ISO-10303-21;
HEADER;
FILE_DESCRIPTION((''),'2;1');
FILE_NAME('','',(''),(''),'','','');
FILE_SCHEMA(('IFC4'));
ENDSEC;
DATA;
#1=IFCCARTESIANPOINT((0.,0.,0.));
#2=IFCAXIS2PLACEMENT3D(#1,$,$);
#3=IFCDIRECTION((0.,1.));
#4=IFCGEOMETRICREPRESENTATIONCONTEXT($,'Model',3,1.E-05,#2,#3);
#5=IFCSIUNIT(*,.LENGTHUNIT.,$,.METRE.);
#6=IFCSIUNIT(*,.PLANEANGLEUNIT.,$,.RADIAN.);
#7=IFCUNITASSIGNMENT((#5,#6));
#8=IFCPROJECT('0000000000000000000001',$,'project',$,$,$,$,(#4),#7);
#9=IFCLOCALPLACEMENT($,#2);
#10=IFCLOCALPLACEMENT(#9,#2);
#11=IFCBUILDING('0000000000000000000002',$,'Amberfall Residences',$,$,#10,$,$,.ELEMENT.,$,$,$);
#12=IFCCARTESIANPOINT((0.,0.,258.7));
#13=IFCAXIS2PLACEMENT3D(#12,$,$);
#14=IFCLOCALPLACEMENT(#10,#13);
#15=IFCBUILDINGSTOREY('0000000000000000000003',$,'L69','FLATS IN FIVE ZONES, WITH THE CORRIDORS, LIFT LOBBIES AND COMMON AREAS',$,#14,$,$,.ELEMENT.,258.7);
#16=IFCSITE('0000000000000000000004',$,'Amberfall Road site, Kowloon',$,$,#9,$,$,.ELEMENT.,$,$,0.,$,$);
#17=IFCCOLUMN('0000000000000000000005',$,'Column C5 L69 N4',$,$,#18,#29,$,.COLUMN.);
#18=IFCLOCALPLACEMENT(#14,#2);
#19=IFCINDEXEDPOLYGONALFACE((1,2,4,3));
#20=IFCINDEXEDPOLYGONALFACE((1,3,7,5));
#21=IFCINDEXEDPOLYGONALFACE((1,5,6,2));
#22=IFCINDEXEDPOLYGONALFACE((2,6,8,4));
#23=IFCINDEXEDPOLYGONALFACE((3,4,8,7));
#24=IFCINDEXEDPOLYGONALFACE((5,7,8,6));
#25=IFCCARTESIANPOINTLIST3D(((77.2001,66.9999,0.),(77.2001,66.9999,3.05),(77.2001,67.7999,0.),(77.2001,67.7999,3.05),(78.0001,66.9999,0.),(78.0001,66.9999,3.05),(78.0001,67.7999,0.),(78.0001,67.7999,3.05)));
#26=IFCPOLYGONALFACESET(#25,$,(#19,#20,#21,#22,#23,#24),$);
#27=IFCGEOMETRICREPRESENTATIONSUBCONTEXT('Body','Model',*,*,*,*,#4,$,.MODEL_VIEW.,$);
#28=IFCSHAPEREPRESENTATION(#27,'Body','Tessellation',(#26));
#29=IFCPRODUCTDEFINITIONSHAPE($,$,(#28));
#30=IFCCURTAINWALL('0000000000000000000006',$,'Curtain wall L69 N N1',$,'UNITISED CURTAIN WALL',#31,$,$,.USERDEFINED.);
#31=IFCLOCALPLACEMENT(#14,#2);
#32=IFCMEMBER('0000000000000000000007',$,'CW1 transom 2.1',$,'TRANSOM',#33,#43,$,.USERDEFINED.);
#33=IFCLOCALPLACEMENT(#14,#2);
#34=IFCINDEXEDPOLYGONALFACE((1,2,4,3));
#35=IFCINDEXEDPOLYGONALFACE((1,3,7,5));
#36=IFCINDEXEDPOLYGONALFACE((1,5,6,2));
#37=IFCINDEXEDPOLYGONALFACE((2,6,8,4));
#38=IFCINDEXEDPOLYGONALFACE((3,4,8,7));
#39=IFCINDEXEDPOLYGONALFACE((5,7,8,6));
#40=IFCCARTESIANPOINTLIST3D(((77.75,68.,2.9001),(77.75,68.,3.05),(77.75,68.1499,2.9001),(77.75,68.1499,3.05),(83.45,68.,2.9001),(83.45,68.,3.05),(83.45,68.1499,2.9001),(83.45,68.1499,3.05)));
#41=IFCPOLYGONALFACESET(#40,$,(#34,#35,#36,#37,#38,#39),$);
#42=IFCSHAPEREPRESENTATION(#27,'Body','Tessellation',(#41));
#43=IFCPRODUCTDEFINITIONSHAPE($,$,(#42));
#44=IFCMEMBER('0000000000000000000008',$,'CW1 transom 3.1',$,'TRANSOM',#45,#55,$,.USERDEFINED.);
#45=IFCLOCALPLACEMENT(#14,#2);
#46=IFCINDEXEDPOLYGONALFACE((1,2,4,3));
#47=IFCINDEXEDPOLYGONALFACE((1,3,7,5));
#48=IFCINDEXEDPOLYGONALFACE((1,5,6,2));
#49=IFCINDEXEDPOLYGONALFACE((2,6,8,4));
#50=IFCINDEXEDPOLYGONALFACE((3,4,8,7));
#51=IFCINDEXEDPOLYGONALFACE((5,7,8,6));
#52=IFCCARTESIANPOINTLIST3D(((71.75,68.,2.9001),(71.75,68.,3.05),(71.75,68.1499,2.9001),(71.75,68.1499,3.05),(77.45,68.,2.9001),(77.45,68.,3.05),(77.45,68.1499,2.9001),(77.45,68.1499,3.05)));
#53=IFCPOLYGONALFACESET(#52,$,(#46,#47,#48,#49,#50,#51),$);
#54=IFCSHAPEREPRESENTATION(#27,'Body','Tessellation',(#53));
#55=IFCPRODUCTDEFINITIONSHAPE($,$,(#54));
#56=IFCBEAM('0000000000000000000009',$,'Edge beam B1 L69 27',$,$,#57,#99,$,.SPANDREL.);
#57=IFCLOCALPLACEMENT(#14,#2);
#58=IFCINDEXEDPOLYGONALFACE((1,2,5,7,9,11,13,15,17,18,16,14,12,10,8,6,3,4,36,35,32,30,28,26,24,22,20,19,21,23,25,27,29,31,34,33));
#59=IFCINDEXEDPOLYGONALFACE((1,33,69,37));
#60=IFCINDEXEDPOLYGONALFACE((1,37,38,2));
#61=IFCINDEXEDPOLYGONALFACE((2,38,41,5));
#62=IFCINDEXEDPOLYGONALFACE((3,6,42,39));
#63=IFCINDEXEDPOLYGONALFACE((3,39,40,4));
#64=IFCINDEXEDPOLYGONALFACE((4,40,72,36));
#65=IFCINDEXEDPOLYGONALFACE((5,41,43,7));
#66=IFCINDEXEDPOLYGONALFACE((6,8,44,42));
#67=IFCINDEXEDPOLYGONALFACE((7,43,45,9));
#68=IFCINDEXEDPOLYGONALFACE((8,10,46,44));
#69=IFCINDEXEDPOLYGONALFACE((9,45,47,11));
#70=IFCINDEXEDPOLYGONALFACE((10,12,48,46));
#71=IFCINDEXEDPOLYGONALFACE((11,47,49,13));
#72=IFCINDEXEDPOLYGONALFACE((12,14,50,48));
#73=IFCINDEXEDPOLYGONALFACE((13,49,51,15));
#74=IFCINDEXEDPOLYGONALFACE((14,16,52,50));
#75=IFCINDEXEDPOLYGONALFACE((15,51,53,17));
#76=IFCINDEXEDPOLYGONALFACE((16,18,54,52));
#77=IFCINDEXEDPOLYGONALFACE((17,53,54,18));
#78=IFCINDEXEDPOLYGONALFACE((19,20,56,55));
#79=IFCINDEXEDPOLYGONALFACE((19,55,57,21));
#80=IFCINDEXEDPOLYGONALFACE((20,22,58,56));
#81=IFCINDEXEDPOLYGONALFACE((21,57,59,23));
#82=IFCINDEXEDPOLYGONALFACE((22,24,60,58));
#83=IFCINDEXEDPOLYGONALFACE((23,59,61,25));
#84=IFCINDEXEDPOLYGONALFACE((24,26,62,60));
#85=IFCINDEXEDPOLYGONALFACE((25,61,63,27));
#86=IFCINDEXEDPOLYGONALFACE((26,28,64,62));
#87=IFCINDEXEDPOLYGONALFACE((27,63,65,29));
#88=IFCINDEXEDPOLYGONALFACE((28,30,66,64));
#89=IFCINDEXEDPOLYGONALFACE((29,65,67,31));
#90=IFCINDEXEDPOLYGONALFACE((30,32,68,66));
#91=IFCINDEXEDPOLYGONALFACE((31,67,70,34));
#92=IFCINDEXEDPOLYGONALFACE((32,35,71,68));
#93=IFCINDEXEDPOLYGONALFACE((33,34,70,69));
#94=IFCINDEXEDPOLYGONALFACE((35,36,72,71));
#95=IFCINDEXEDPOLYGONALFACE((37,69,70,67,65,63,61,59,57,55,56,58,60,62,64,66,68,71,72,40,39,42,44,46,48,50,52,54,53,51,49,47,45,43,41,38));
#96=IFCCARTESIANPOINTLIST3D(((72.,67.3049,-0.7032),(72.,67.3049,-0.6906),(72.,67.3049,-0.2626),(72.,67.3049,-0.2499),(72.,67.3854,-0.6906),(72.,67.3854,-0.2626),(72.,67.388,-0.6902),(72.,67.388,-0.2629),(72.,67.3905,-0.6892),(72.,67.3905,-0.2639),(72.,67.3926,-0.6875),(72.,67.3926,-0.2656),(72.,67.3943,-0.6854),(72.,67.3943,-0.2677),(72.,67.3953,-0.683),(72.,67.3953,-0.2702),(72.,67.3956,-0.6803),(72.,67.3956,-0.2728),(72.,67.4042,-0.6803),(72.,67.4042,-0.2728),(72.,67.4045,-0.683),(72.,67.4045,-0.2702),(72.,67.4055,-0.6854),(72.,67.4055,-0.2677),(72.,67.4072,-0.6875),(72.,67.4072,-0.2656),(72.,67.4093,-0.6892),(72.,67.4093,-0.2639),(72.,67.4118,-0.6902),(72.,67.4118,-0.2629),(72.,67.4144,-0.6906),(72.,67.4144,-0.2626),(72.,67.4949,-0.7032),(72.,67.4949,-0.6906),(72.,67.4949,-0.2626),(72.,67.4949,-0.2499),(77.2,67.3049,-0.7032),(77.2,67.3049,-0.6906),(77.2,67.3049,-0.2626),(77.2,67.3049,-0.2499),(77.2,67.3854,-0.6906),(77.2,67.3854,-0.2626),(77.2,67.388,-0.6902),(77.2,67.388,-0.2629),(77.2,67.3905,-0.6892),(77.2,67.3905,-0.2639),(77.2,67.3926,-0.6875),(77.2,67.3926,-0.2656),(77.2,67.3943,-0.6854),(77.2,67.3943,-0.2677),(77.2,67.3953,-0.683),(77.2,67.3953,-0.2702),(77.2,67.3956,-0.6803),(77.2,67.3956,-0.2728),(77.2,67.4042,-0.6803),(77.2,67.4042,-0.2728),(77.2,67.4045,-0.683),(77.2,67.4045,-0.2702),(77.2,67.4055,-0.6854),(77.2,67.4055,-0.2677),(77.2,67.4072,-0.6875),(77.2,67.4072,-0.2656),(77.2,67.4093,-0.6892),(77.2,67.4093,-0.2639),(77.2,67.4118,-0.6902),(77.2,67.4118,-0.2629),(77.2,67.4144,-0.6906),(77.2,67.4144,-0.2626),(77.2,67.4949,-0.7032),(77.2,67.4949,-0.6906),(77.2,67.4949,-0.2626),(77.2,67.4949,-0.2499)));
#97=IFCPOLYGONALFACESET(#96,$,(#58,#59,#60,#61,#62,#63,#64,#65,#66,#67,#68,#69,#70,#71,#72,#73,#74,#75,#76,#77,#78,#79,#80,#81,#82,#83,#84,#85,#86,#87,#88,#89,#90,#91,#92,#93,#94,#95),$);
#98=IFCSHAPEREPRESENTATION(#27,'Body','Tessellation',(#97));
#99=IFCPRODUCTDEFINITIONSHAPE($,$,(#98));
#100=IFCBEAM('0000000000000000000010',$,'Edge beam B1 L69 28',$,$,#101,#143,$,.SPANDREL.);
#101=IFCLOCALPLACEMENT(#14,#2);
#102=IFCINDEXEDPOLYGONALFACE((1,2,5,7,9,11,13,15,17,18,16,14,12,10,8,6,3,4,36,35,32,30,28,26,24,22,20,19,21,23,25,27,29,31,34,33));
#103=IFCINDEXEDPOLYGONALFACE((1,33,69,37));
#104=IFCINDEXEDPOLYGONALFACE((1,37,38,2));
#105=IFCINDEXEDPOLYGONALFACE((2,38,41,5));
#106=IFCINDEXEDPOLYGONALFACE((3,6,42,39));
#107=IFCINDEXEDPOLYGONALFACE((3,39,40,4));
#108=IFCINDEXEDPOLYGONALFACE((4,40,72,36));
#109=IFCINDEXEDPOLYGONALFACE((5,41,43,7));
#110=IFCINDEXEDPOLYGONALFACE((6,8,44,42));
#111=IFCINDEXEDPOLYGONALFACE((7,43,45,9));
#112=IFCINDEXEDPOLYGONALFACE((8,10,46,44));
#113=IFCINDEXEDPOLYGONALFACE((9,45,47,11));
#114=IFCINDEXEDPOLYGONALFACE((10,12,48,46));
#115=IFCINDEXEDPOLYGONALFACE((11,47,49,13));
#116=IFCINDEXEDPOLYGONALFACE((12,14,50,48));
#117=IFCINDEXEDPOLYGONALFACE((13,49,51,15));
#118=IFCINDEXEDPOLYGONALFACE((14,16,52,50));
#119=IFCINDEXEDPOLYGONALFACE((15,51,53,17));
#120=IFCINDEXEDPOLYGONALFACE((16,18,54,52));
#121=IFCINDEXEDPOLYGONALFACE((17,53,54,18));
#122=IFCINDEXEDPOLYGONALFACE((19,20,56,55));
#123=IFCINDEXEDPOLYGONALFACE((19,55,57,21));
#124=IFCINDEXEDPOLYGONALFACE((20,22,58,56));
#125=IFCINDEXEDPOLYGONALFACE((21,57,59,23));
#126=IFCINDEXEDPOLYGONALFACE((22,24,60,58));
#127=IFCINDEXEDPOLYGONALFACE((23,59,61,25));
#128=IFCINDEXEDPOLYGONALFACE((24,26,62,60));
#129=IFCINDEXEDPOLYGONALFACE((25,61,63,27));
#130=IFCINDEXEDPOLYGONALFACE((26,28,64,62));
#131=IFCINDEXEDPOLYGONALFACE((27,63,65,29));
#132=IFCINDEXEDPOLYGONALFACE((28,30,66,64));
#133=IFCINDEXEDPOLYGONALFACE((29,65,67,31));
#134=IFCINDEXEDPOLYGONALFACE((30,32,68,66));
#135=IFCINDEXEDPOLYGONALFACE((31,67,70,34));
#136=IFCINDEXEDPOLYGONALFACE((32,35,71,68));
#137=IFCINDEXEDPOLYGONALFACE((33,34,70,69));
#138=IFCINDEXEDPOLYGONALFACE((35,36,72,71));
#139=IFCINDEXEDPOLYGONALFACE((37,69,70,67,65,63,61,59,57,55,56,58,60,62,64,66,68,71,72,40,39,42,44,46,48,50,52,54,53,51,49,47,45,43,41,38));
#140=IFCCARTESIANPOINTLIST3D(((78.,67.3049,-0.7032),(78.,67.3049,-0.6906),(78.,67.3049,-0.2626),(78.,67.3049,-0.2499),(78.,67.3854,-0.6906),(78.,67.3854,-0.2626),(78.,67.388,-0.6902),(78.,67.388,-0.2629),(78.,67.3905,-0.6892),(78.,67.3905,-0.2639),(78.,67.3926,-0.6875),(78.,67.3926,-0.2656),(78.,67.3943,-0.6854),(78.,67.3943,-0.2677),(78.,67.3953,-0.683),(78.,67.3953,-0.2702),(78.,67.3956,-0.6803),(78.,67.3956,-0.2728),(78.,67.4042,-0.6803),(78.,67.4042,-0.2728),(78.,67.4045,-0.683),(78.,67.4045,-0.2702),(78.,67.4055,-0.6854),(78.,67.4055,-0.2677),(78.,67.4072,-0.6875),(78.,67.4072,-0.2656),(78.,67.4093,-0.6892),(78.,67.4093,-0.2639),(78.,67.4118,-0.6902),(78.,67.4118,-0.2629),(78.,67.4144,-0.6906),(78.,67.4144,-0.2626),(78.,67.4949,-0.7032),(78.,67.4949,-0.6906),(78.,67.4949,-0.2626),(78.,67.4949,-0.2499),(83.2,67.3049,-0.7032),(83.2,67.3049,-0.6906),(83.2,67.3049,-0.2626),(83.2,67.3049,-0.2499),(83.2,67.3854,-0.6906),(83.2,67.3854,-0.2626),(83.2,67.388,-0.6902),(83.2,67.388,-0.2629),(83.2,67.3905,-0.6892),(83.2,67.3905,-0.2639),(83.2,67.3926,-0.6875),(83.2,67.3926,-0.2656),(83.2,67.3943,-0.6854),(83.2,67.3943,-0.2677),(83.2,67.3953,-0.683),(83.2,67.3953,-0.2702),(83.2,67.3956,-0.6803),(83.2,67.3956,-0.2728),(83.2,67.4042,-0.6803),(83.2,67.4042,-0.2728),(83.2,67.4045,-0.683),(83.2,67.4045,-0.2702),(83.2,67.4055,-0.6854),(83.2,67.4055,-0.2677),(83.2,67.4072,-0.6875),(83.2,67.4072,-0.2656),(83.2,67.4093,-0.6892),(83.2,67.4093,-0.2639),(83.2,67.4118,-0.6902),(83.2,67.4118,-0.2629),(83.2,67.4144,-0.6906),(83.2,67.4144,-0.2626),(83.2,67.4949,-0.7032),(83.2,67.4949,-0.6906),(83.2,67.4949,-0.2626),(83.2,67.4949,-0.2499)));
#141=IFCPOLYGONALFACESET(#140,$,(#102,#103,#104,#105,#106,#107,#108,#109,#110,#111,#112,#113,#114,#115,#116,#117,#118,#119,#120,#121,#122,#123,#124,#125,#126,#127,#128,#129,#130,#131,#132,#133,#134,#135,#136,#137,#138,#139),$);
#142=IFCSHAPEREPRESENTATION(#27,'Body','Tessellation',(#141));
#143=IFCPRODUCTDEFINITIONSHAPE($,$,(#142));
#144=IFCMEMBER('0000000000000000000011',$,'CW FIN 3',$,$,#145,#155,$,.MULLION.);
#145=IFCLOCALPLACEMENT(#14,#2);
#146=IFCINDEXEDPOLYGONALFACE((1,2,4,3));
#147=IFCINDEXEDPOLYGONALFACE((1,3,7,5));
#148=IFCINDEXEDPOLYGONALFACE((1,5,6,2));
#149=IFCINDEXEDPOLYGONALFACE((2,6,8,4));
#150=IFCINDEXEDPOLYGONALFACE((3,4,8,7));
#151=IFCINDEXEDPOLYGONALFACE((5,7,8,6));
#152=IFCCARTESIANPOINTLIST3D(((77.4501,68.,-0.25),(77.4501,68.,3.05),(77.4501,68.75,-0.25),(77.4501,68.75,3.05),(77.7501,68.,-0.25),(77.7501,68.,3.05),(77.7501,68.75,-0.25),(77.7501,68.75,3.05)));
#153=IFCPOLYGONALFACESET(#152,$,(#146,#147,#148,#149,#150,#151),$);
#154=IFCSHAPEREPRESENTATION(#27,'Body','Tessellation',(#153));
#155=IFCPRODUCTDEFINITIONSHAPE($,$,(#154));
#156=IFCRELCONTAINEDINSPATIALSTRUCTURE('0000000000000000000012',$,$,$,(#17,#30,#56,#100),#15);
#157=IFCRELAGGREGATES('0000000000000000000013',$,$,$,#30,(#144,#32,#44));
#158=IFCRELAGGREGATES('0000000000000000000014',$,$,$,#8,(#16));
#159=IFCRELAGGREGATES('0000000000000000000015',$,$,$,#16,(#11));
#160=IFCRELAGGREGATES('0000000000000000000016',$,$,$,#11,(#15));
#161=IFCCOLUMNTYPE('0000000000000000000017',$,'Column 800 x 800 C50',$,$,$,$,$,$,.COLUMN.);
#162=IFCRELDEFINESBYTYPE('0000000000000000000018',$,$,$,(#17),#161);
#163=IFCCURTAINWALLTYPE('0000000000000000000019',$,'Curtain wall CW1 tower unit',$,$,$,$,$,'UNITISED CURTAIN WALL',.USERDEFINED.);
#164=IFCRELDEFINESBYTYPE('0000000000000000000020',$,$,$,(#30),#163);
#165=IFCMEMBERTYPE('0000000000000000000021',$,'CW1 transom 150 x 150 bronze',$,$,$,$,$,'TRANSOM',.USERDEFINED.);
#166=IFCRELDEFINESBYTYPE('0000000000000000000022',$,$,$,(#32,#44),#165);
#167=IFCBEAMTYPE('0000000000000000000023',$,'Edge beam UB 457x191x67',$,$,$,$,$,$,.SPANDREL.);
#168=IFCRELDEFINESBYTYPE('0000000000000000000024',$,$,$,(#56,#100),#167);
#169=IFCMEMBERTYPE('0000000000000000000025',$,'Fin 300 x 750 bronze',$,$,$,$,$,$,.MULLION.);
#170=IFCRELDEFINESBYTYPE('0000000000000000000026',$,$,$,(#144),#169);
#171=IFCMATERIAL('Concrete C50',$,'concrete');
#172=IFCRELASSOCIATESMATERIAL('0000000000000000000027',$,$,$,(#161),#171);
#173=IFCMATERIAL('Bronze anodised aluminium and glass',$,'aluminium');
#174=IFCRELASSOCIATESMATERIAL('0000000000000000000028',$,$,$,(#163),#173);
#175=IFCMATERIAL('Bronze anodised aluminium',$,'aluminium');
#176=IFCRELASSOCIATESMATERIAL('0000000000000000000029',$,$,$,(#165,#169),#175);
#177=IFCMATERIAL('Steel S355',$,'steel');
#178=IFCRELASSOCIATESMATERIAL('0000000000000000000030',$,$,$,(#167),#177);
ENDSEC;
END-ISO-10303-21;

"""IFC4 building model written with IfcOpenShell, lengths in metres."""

from ifc_helpers import new_model, si_unit, direction, frame, origin, origin_2d, place, context, subcontext, project, spatial, rectangle, i_section, extrude, material, material_profile, profile_set, type_object, element, aggregate, save


model = new_model("IFC4")

# Units and contexts
model_context = context("Model", 3, precision=1e-05, world=origin(), true_north=direction((0.0, 1.0)))
body_context = subcontext(model_context, "Body", "Model", "MODEL_VIEW")
ifc_project = project(units=[si_unit("LENGTHUNIT", "METRE"), si_unit("PLANEANGLEUNIT", "RADIAN")], contexts=[model_context])

# Site, building, storey
site_placement = place(None, origin())
site = spatial("IfcSite", under=ifc_project, at=site_placement, Name="Amberfall Road site, Kowloon", CompositionType="ELEMENT", RefElevation=0.0)
building_placement = place(site_placement, origin())
building = spatial("IfcBuilding", under=site, at=building_placement, Name="Amberfall Residences", CompositionType="ELEMENT")
storey_placement = place(building_placement, frame((0.0, 0.0, 258.7)))
storey = spatial("IfcBuildingStorey", under=building, at=storey_placement, Name="L69", Description="FLATS IN FIVE ZONES, WITH THE CORRIDORS, LIFT LOBBIES AND COMMON AREAS", CompositionType="ELEMENT", Elevation=258.7)

# Column
ifc_material_1 = material(Name="Concrete C50", Category="concrete")
ifc_material_profile_1 = material_profile(ifc_material_1, rectangle(XDim=0.8, YDim=0.8, at=origin_2d()), Name="Column 800 x 800 C50")
ifc_profile_set_1 = profile_set([ifc_material_profile_1], Name="Concrete C50")
column_type = type_object("IfcColumnType", Name="Column 800 x 800 C50", PredefinedType="COLUMN", material=ifc_profile_set_1)
column_placement = place(storey_placement, frame((77.6001, 67.3999, 0.0), z_axis=(0.0, 0.0, 1.0), x_axis=(1.0, 0.0, 0.0)))
element("IfcColumn", 1, at=column_placement, inside=storey, type_object=column_type, Name="Column C5 L69 N4", PredefinedType="COLUMN", context=body_context, shape_type="SweptSolid", body=[
    extrude(rectangle(XDim=0.8, YDim=0.8, at=origin_2d()), origin(), (0.0, 0.0, 1.0), 3.05),
])

# Curtain wall, members
ifc_material_2 = material(Name="Bronze anodised aluminium and glass", Category="aluminium")
curtain_wall_type = type_object("IfcCurtainWallType", Name="Curtain wall CW1 tower unit", ElementType="UNITISED CURTAIN WALL", PredefinedType="USERDEFINED", material=ifc_material_2)
curtain_wall_placement = place(storey_placement, origin())
curtain_wall = element("IfcCurtainWall", 2, at=curtain_wall_placement, inside=storey, type_object=curtain_wall_type, Name="Curtain wall L69 N N1", ObjectType="UNITISED CURTAIN WALL", PredefinedType="USERDEFINED")
ifc_material_3 = material(Name="Bronze anodised aluminium", Category="aluminium")
ifc_material_profile_2 = material_profile(ifc_material_3, rectangle(XDim=0.1499, YDim=0.1499, at=origin_2d()), Name="CW1 transom 150 x 150 bronze")
ifc_profile_set_2 = profile_set([ifc_material_profile_2], Name="Bronze anodised aluminium")
member_type_1 = type_object("IfcMemberType", Name="CW1 transom 150 x 150 bronze", ElementType="TRANSOM", PredefinedType="USERDEFINED", material=ifc_profile_set_2)
member_1_placement = place(storey_placement, frame((83.45, 68.075, 2.9751), z_axis=(-1.0, 0.0, 0.0), x_axis=(0.0, -1.0, 0.0)))
member_1 = element("IfcMember", 3, at=member_1_placement, type_object=member_type_1, Name="CW1 transom 2.1", ObjectType="TRANSOM", PredefinedType="USERDEFINED", context=body_context, shape_type="SweptSolid", body=[
    extrude(rectangle(XDim=0.1499, YDim=0.1499, at=origin_2d()), origin(), (0.0, 0.0, 1.0), 5.7),
])
member_2_placement = place(storey_placement, frame((77.45, 68.075, 2.9751), z_axis=(-1.0, 0.0, 0.0), x_axis=(0.0, -1.0, 0.0)))
member_2 = element("IfcMember", 4, at=member_2_placement, type_object=member_type_1, Name="CW1 transom 3.1", ObjectType="TRANSOM", PredefinedType="USERDEFINED", context=body_context, shape_type="SweptSolid", body=[
    extrude(rectangle(XDim=0.1499, YDim=0.1499, at=origin_2d()), origin(), (0.0, 0.0, 1.0), 5.7),
])

# Beams
ifc_material_4 = material(Name="Steel S355", Category="steel")
ifc_material_profile_3 = material_profile(ifc_material_4, i_section(OverallWidth=0.1899, OverallDepth=0.4534, WebThickness=0.0085, FlangeThickness=0.0127, FilletRadius=0.0103, at=origin_2d()), Name="UB 457x191x67")
ifc_profile_set_3 = profile_set([ifc_material_profile_3], Name="Steel S355")
beam_type_1 = type_object("IfcBeamType", Name="Edge beam UB 457x191x67", PredefinedType="SPANDREL", material=ifc_profile_set_3)
for number, where, z_axis, x_axis, name in (
    (5, (72.0, 67.3999, -0.4766), (1.0, 0.0, 0.0), (0.0, 1.0, 0.0), "Edge beam B1 L69 27"),
    (6, (78.0, 67.3999, -0.4766), (1.0, 0.0, 0.0), (0.0, 1.0, 0.0), "Edge beam B1 L69 28"),
):
    element("IfcBeam", number, at=place(storey_placement, frame(where, z_axis=z_axis, x_axis=x_axis)), inside=storey, type_object=beam_type_1, Name=name, PredefinedType="SPANDREL", context=body_context, shape_type="SweptSolid", body=[
        extrude(i_section(OverallWidth=0.1899, OverallDepth=0.4534, WebThickness=0.0085, FlangeThickness=0.0127, FilletRadius=0.0103, at=origin_2d()), origin(), (0.0, 0.0, 1.0), 5.2),
    ])

# Member
ifc_material_profile_4 = material_profile(ifc_material_3, rectangle(XDim=0.75, YDim=0.3, at=origin_2d()), Name="Fin 300 x 750 bronze")
ifc_profile_set_4 = profile_set([ifc_material_profile_4], Name="Bronze anodised aluminium")
member_type_2 = type_object("IfcMemberType", Name="Fin 300 x 750 bronze", PredefinedType="MULLION", material=ifc_profile_set_4)
member_3_placement = place(storey_placement, frame((77.6001, 68.375, -0.25), z_axis=(0.0, 0.0, 1.0), x_axis=(0.0, -1.0, 0.0)))
member_3 = element("IfcMember", 7, at=member_3_placement, type_object=member_type_2, Name="CW FIN 3", PredefinedType="MULLION", context=body_context, shape_type="SweptSolid", body=[
    extrude(rectangle(XDim=0.75, YDim=0.3, at=origin_2d()), origin(), (0.0, 0.0, 1.0), 3.3),
])

aggregate(curtain_wall, [member_3, member_1, member_2])

save(model, "model.ifc")
